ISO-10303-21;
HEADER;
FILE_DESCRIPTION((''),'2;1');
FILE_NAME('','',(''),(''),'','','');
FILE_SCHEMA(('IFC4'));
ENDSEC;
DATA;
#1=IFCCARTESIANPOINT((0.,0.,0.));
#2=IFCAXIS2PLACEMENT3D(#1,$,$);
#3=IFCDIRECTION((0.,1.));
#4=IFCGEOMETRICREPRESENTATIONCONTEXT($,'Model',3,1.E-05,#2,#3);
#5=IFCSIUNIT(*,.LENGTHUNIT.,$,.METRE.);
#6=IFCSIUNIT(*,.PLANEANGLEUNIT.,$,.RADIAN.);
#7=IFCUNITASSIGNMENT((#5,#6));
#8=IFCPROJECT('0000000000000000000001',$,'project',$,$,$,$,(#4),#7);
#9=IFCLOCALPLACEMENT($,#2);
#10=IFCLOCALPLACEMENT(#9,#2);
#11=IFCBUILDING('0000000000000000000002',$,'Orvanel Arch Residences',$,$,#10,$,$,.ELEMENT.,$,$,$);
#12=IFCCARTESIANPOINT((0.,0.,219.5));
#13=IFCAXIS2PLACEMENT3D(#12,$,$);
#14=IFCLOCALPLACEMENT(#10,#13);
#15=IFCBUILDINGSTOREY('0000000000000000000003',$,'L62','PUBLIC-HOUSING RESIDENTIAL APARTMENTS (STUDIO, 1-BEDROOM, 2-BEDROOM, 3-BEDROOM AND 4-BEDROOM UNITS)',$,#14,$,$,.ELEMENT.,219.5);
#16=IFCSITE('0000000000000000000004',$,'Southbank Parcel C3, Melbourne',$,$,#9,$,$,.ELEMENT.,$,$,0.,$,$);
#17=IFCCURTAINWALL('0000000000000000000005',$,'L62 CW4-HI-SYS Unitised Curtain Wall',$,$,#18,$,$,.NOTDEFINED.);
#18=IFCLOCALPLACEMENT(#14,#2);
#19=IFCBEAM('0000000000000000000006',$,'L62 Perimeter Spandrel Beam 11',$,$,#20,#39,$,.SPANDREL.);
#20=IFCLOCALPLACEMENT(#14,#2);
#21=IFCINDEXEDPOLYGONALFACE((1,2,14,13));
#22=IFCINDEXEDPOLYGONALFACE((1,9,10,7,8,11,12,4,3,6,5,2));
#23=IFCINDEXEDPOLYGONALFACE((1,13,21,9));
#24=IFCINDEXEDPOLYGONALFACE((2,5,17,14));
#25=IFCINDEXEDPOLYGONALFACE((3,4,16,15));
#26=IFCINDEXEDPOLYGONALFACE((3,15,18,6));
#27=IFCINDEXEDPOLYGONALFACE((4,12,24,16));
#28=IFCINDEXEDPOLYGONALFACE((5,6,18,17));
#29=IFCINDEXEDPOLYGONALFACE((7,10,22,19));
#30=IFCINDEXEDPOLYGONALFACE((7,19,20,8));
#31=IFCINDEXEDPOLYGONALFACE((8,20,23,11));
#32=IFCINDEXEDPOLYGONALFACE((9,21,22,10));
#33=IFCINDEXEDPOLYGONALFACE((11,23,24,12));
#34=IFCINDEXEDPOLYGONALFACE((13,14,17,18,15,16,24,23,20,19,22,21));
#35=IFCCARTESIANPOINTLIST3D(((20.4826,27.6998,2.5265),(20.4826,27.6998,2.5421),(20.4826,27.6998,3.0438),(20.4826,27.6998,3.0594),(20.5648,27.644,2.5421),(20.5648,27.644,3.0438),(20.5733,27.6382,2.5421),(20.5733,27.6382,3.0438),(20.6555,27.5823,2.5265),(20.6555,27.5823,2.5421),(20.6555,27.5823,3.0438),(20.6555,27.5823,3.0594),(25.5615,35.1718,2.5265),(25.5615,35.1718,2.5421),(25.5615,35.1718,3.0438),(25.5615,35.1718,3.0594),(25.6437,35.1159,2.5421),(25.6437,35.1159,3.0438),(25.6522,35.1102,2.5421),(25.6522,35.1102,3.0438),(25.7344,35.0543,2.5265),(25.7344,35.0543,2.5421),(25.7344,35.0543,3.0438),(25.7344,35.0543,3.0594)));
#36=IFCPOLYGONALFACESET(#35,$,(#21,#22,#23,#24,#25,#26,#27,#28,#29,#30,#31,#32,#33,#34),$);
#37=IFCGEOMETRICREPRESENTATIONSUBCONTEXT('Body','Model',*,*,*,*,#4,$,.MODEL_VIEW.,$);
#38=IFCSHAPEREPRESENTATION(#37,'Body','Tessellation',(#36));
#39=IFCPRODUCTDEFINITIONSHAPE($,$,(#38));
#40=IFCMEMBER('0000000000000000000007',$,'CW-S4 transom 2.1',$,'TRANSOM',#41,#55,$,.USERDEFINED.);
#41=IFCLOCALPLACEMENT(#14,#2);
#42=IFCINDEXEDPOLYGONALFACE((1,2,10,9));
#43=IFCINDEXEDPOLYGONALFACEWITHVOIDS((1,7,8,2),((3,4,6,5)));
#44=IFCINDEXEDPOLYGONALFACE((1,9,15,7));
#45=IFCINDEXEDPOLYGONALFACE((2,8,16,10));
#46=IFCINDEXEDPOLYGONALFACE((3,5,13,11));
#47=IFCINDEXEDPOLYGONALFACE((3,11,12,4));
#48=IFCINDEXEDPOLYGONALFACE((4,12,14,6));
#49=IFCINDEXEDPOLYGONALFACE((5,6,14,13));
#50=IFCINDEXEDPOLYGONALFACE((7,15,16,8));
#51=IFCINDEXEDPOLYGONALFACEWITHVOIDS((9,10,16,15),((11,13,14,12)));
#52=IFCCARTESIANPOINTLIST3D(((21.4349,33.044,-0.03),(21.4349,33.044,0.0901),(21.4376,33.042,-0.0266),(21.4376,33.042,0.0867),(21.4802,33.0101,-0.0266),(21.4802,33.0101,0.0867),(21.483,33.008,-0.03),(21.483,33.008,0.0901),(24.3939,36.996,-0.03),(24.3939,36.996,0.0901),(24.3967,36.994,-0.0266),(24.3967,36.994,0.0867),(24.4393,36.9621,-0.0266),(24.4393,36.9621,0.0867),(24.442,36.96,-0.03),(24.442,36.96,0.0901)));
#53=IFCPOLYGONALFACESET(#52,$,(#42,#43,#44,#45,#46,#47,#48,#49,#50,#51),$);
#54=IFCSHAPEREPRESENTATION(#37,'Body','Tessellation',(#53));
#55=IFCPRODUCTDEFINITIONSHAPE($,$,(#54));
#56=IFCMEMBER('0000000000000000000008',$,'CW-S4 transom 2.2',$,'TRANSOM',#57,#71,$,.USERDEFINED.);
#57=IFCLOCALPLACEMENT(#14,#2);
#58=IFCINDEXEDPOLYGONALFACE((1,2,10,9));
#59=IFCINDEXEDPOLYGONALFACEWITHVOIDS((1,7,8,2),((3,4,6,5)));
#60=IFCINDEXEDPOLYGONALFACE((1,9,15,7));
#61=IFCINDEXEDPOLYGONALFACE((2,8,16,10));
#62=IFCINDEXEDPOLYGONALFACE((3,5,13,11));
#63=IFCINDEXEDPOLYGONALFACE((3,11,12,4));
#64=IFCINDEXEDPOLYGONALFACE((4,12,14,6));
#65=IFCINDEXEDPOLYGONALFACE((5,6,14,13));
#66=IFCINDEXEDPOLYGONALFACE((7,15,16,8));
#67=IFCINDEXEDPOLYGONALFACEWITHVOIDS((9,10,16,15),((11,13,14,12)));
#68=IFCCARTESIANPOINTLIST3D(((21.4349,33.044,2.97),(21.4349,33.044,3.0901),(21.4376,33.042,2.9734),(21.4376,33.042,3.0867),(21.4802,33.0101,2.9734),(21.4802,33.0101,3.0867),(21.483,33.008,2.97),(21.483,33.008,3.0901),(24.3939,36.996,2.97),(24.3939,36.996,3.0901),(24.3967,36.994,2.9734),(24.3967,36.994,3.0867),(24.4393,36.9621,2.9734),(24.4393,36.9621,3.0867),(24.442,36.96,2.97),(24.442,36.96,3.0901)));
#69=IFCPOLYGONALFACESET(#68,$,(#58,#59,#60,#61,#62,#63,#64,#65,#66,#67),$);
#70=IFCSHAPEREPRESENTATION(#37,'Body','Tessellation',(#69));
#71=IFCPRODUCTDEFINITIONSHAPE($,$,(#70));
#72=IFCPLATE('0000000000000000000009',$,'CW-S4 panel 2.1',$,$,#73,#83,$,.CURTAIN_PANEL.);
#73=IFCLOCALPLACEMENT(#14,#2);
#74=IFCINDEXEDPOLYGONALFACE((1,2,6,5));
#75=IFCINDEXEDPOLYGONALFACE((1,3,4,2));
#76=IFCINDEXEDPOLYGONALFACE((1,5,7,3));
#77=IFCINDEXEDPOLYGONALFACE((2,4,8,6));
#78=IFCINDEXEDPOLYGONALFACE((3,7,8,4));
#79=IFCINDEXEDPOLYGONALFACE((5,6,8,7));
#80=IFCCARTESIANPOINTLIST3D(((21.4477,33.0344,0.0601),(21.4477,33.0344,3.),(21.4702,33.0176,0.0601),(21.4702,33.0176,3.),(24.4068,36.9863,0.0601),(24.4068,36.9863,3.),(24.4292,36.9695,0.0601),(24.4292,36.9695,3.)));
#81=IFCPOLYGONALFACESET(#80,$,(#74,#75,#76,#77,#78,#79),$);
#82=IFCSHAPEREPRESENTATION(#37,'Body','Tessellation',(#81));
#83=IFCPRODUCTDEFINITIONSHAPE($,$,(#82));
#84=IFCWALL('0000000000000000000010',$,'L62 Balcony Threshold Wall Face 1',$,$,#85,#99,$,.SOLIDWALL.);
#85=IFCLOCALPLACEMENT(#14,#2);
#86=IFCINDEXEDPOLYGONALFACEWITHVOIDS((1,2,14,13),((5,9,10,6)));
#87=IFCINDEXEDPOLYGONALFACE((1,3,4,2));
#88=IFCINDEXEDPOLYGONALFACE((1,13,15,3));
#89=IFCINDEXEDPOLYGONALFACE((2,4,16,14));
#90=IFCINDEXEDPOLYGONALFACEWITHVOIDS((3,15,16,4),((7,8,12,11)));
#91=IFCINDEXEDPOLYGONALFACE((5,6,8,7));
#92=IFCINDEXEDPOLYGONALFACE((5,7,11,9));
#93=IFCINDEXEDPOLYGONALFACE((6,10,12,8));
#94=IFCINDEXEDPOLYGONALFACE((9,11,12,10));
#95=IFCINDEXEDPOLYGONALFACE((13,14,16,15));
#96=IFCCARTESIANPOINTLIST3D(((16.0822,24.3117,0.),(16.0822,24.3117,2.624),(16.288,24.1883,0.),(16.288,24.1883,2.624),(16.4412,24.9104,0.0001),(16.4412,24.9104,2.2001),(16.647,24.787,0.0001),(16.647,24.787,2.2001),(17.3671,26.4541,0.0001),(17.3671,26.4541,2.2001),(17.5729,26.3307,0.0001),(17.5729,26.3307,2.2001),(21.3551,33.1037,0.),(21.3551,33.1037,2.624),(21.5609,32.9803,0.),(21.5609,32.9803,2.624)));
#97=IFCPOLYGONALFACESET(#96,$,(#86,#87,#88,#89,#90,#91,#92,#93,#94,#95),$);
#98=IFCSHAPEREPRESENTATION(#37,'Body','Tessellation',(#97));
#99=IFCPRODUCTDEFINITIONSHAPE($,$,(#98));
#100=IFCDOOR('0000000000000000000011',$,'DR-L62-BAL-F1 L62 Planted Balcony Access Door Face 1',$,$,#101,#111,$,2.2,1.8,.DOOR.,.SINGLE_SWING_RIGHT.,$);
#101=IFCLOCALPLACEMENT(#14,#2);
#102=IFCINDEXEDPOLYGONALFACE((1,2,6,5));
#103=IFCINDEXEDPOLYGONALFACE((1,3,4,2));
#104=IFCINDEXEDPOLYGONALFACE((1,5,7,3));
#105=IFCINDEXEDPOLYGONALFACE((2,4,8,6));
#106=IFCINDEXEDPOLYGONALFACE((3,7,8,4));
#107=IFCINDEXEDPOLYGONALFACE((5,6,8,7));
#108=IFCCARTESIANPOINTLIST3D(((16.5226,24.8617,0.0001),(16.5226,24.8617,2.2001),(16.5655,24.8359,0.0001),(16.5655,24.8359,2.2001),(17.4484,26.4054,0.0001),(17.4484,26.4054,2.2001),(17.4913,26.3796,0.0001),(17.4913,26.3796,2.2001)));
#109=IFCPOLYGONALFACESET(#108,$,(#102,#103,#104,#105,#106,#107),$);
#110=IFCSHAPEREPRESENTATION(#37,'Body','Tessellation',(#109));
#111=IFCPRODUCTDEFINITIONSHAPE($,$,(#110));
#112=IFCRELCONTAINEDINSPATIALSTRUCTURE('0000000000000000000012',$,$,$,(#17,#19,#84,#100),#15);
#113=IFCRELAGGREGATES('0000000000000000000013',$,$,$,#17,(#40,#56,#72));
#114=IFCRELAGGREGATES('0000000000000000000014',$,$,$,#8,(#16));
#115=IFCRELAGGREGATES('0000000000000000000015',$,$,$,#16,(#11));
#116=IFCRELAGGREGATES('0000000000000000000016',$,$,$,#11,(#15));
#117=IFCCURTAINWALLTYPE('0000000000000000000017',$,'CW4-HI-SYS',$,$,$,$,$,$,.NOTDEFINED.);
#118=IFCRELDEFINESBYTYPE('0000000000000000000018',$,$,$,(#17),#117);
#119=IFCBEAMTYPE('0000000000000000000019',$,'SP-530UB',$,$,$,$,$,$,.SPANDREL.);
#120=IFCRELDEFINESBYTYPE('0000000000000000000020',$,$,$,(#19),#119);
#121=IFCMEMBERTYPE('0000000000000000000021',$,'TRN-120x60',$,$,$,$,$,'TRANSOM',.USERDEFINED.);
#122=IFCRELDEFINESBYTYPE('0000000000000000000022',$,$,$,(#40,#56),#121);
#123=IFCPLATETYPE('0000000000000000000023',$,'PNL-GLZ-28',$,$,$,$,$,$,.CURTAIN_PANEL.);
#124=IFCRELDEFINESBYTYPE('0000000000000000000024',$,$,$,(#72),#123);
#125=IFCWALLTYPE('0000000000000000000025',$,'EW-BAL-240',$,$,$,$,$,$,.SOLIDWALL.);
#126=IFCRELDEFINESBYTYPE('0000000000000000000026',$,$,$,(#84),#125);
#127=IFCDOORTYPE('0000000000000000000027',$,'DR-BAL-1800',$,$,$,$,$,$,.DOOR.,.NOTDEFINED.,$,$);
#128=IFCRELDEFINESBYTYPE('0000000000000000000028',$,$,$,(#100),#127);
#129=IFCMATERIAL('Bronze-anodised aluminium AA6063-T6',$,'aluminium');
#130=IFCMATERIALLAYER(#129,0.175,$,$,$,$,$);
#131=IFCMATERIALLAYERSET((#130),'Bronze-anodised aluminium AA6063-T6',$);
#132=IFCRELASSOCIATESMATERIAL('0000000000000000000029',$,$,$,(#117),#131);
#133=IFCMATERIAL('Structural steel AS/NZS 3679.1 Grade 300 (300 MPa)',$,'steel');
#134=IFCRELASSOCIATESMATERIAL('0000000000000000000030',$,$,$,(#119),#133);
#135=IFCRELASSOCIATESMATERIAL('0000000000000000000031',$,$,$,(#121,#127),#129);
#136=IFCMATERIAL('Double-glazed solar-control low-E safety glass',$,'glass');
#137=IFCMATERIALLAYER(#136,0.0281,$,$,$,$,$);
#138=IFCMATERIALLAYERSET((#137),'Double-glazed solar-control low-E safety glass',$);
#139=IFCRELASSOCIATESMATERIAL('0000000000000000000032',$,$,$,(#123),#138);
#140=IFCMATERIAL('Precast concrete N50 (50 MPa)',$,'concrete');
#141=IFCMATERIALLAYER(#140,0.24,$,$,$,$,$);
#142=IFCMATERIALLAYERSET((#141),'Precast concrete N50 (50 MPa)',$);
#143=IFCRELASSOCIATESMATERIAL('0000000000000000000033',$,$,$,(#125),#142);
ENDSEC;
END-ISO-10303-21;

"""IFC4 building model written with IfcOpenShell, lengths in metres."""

from ifc_helpers import new_model, si_unit, direction, frame, frame_2d, origin, origin_2d, place, context, subcontext, project, spatial, rectangle, hollow_rectangle, i_section, extrude, material, layer, layer_set, material_profile, profile_set, type_object, element, fill, aggregate, save


model = new_model("IFC4")

# Units and contexts
model_context = context("Model", 3, precision=1e-05, world=origin(), true_north=direction((0.0, 1.0)))
body_context = subcontext(model_context, "Body", "Model", "MODEL_VIEW")
ifc_project = project(units=[si_unit("LENGTHUNIT", "METRE"), si_unit("PLANEANGLEUNIT", "RADIAN")], contexts=[model_context])

# Site, building, storey
site_placement = place(None, origin())
site = spatial("IfcSite", under=ifc_project, at=site_placement, Name="Southbank Parcel C3, Melbourne", CompositionType="ELEMENT", RefElevation=0.0)
building_placement = place(site_placement, origin())
building = spatial("IfcBuilding", under=site, at=building_placement, Name="Orvanel Arch Residences", CompositionType="ELEMENT")
storey_placement = place(building_placement, frame((0.0, 0.0, 219.5)))
storey = spatial("IfcBuildingStorey", under=building, at=storey_placement, Name="L62", Description="PUBLIC-HOUSING RESIDENTIAL APARTMENTS (STUDIO, 1-BEDROOM, 2-BEDROOM, 3-BEDROOM AND 4-BEDROOM UNITS)", CompositionType="ELEMENT", Elevation=219.5)

# Shared definitions
ifc_material_1 = material(Name="Structural steel AS/NZS 3679.1 Grade 300 (300 MPa)", Category="steel")

# Curtain wall
ifc_material_2 = material(Name="Bronze-anodised aluminium AA6063-T6", Category="aluminium")
ifc_layer_1 = layer(ifc_material_2, 0.175)
ifc_layer_set_1 = layer_set([ifc_layer_1], Name="Bronze-anodised aluminium AA6063-T6")
curtain_wall_type = type_object("IfcCurtainWallType", Name="CW4-HI-SYS", PredefinedType="NOTDEFINED", material=ifc_layer_set_1)
curtain_wall_placement = place(storey_placement, origin())
curtain_wall = element("IfcCurtainWall", 1, at=curtain_wall_placement, inside=storey, type_object=curtain_wall_type, Name="L62 CW4-HI-SYS Unitised Curtain Wall", PredefinedType="NOTDEFINED")

# Beam
ifc_material_profile_1 = material_profile(ifc_material_1, i_section(OverallWidth=0.209, OverallDepth=0.533, WebThickness=0.0103, FlangeThickness=0.0156, at=origin_2d()), Name="530UB92.4")
ifc_profile_set_1 = profile_set([ifc_material_profile_1], Name="Structural steel AS/NZS 3679.1 Grade 300 (300 MPa)")
beam_type_1 = type_object("IfcBeamType", Name="SP-530UB", PredefinedType="SPANDREL", material=ifc_profile_set_1)
beam_1_placement = place(storey_placement, frame((25.6479, 35.113, 2.793), z_axis=(-0.562155, -0.827032, 0.0), x_axis=(0.827032, -0.562155, 0.0)))
element("IfcBeam", 2, at=beam_1_placement, inside=storey, type_object=beam_type_1, Name="L62 Perimeter Spandrel Beam 11", PredefinedType="SPANDREL", context=body_context, shape_type="SweptSolid", body=[
    extrude(i_section(OverallWidth=0.209, OverallDepth=0.533, WebThickness=0.0103, FlangeThickness=0.0156, at=origin_2d()), origin(), (0.0, 0.0, 1.0), 9.0347),
])

# Members
ifc_material_profile_2 = material_profile(ifc_material_2, hollow_rectangle(XDim=0.0601, YDim=0.1201, WallThickness=0.0034, at=origin_2d()), Name="ALU120x60x3.5")
ifc_profile_set_2 = profile_set([ifc_material_profile_2], Name="Bronze-anodised aluminium AA6063-T6")
member_type_1 = type_object("IfcMemberType", Name="TRN-120x60", ElementType="TRANSOM", PredefinedType="USERDEFINED", material=ifc_profile_set_2)
member_1_placement = place(storey_placement, frame((24.418, 36.978, 0.03), z_axis=(-0.599359, -0.80048, 0.0), x_axis=(0.80048, -0.599359, 0.0)))
member_1 = element("IfcMember", 3, at=member_1_placement, type_object=member_type_1, Name="CW-S4 transom 2.1", ObjectType="TRANSOM", PredefinedType="USERDEFINED", context=body_context, shape_type="SweptSolid", body=[
    extrude(hollow_rectangle(XDim=0.0601, YDim=0.1201, WallThickness=0.0034, at=origin_2d()), origin(), (0.0, 0.0, 1.0), 4.937),
])
member_2_placement = place(storey_placement, frame((24.418, 36.978, 3.03), z_axis=(-0.599359, -0.80048, 0.0), x_axis=(0.80048, -0.599359, 0.0)))
member_2 = element("IfcMember", 4, at=member_2_placement, type_object=member_type_1, Name="CW-S4 transom 2.2", ObjectType="TRANSOM", PredefinedType="USERDEFINED", context=body_context, shape_type="SweptSolid", body=[
    extrude(hollow_rectangle(XDim=0.0601, YDim=0.1201, WallThickness=0.0034, at=origin_2d()), origin(), (0.0, 0.0, 1.0), 4.937),
])

# Plate
ifc_material_3 = material(Name="Double-glazed solar-control low-E safety glass", Category="glass")
ifc_layer_2 = layer(ifc_material_3, 0.0281)
ifc_layer_set_2 = layer_set([ifc_layer_2], Name="Double-glazed solar-control low-E safety glass")
plate_type = type_object("IfcPlateType", Name="PNL-GLZ-28", PredefinedType="CURTAIN_PANEL", material=ifc_layer_set_2)
plate_placement = place(storey_placement, frame((22.9385, 35.002, 0.0601), z_axis=(0.0, 0.0, 1.0), x_axis=(-0.599364, -0.800476, 0.0)))
plate = element("IfcPlate", 5, at=plate_placement, type_object=plate_type, Name="CW-S4 panel 2.1", PredefinedType="CURTAIN_PANEL", context=body_context, shape_type="SweptSolid", body=[
    extrude(rectangle(XDim=4.937, YDim=0.0281, at=origin_2d()), origin(), (0.0, 0.0, 1.0), 2.9399),
])
aggregate(curtain_wall, [member_1, member_2, plate])

# Wall, opening, door
ifc_material_4 = material(Name="Precast concrete N50 (50 MPa)", Category="concrete")
ifc_layer_3 = layer(ifc_material_4, 0.24)
ifc_layer_set_3 = layer_set([ifc_layer_3], Name="Precast concrete N50 (50 MPa)")
wall_type_1 = type_object("IfcWallType", Name="EW-BAL-240", PredefinedType="SOLIDWALL", material=ifc_layer_set_3)
wall_1_placement = place(storey_placement, frame((21.458, 33.042, 0.0), z_axis=(0.0, 0.0, 1.0), x_axis=(-0.514335, -0.85759, 0.0)))
wall_1 = element("IfcWall", 6, at=wall_1_placement, inside=storey, type_object=wall_type_1, Name="L62 Balcony Threshold Wall Face 1", PredefinedType="SOLIDWALL", context=body_context, shape_type="SweptSolid", body=[
    extrude(rectangle(XDim=10.252, YDim=0.24, at=frame_2d((5.126, 0.0))), origin(), (0.0, 0.0, 1.0), 2.624),
])
opening_1_placement = place(wall_1_placement, frame((7.7539, 0.0, 0.0)))
opening_1 = element("IfcOpeningElement", 7, at=opening_1_placement, cuts=wall_1, PredefinedType="OPENING", context=body_context, shape_type="SweptSolid", body=[
    extrude(rectangle(XDim=1.8, YDim=2.2, at=frame_2d((0.8999, 1.1001))), frame((0.0, 0.1299, 0.0), z_axis=(0.0, -1.0, 0.0), x_axis=(1.0, 0.0, 0.0)), (0.0, 0.0, 1.0), 0.26),
])
door_type_1 = type_object("IfcDoorType", Name="DR-BAL-1800", OperationType="NOTDEFINED", PredefinedType="DOOR", material=ifc_material_2)
door_1_placement = place(opening_1_placement, origin())
door_1 = element("IfcDoor", 8, at=door_1_placement, inside=storey, type_object=door_type_1, Name="DR-L62-BAL-F1 L62 Planted Balcony Access Door Face 1", OperationType="SINGLE_SWING_RIGHT", OverallHeight=2.2, OverallWidth=1.8, PredefinedType="DOOR", context=body_context, shape_type="SweptSolid", body=[
    extrude(rectangle(XDim=1.8, YDim=2.2, at=frame_2d((0.8999, 1.1001))), frame((0.0, 0.0249, 0.0), z_axis=(0.0, -1.0, 0.0), x_axis=(1.0, 0.0, 0.0)), (0.0, 0.0, 1.0), 0.05),
])
fill(opening_1, door_1)

save(model, "model.ifc")
